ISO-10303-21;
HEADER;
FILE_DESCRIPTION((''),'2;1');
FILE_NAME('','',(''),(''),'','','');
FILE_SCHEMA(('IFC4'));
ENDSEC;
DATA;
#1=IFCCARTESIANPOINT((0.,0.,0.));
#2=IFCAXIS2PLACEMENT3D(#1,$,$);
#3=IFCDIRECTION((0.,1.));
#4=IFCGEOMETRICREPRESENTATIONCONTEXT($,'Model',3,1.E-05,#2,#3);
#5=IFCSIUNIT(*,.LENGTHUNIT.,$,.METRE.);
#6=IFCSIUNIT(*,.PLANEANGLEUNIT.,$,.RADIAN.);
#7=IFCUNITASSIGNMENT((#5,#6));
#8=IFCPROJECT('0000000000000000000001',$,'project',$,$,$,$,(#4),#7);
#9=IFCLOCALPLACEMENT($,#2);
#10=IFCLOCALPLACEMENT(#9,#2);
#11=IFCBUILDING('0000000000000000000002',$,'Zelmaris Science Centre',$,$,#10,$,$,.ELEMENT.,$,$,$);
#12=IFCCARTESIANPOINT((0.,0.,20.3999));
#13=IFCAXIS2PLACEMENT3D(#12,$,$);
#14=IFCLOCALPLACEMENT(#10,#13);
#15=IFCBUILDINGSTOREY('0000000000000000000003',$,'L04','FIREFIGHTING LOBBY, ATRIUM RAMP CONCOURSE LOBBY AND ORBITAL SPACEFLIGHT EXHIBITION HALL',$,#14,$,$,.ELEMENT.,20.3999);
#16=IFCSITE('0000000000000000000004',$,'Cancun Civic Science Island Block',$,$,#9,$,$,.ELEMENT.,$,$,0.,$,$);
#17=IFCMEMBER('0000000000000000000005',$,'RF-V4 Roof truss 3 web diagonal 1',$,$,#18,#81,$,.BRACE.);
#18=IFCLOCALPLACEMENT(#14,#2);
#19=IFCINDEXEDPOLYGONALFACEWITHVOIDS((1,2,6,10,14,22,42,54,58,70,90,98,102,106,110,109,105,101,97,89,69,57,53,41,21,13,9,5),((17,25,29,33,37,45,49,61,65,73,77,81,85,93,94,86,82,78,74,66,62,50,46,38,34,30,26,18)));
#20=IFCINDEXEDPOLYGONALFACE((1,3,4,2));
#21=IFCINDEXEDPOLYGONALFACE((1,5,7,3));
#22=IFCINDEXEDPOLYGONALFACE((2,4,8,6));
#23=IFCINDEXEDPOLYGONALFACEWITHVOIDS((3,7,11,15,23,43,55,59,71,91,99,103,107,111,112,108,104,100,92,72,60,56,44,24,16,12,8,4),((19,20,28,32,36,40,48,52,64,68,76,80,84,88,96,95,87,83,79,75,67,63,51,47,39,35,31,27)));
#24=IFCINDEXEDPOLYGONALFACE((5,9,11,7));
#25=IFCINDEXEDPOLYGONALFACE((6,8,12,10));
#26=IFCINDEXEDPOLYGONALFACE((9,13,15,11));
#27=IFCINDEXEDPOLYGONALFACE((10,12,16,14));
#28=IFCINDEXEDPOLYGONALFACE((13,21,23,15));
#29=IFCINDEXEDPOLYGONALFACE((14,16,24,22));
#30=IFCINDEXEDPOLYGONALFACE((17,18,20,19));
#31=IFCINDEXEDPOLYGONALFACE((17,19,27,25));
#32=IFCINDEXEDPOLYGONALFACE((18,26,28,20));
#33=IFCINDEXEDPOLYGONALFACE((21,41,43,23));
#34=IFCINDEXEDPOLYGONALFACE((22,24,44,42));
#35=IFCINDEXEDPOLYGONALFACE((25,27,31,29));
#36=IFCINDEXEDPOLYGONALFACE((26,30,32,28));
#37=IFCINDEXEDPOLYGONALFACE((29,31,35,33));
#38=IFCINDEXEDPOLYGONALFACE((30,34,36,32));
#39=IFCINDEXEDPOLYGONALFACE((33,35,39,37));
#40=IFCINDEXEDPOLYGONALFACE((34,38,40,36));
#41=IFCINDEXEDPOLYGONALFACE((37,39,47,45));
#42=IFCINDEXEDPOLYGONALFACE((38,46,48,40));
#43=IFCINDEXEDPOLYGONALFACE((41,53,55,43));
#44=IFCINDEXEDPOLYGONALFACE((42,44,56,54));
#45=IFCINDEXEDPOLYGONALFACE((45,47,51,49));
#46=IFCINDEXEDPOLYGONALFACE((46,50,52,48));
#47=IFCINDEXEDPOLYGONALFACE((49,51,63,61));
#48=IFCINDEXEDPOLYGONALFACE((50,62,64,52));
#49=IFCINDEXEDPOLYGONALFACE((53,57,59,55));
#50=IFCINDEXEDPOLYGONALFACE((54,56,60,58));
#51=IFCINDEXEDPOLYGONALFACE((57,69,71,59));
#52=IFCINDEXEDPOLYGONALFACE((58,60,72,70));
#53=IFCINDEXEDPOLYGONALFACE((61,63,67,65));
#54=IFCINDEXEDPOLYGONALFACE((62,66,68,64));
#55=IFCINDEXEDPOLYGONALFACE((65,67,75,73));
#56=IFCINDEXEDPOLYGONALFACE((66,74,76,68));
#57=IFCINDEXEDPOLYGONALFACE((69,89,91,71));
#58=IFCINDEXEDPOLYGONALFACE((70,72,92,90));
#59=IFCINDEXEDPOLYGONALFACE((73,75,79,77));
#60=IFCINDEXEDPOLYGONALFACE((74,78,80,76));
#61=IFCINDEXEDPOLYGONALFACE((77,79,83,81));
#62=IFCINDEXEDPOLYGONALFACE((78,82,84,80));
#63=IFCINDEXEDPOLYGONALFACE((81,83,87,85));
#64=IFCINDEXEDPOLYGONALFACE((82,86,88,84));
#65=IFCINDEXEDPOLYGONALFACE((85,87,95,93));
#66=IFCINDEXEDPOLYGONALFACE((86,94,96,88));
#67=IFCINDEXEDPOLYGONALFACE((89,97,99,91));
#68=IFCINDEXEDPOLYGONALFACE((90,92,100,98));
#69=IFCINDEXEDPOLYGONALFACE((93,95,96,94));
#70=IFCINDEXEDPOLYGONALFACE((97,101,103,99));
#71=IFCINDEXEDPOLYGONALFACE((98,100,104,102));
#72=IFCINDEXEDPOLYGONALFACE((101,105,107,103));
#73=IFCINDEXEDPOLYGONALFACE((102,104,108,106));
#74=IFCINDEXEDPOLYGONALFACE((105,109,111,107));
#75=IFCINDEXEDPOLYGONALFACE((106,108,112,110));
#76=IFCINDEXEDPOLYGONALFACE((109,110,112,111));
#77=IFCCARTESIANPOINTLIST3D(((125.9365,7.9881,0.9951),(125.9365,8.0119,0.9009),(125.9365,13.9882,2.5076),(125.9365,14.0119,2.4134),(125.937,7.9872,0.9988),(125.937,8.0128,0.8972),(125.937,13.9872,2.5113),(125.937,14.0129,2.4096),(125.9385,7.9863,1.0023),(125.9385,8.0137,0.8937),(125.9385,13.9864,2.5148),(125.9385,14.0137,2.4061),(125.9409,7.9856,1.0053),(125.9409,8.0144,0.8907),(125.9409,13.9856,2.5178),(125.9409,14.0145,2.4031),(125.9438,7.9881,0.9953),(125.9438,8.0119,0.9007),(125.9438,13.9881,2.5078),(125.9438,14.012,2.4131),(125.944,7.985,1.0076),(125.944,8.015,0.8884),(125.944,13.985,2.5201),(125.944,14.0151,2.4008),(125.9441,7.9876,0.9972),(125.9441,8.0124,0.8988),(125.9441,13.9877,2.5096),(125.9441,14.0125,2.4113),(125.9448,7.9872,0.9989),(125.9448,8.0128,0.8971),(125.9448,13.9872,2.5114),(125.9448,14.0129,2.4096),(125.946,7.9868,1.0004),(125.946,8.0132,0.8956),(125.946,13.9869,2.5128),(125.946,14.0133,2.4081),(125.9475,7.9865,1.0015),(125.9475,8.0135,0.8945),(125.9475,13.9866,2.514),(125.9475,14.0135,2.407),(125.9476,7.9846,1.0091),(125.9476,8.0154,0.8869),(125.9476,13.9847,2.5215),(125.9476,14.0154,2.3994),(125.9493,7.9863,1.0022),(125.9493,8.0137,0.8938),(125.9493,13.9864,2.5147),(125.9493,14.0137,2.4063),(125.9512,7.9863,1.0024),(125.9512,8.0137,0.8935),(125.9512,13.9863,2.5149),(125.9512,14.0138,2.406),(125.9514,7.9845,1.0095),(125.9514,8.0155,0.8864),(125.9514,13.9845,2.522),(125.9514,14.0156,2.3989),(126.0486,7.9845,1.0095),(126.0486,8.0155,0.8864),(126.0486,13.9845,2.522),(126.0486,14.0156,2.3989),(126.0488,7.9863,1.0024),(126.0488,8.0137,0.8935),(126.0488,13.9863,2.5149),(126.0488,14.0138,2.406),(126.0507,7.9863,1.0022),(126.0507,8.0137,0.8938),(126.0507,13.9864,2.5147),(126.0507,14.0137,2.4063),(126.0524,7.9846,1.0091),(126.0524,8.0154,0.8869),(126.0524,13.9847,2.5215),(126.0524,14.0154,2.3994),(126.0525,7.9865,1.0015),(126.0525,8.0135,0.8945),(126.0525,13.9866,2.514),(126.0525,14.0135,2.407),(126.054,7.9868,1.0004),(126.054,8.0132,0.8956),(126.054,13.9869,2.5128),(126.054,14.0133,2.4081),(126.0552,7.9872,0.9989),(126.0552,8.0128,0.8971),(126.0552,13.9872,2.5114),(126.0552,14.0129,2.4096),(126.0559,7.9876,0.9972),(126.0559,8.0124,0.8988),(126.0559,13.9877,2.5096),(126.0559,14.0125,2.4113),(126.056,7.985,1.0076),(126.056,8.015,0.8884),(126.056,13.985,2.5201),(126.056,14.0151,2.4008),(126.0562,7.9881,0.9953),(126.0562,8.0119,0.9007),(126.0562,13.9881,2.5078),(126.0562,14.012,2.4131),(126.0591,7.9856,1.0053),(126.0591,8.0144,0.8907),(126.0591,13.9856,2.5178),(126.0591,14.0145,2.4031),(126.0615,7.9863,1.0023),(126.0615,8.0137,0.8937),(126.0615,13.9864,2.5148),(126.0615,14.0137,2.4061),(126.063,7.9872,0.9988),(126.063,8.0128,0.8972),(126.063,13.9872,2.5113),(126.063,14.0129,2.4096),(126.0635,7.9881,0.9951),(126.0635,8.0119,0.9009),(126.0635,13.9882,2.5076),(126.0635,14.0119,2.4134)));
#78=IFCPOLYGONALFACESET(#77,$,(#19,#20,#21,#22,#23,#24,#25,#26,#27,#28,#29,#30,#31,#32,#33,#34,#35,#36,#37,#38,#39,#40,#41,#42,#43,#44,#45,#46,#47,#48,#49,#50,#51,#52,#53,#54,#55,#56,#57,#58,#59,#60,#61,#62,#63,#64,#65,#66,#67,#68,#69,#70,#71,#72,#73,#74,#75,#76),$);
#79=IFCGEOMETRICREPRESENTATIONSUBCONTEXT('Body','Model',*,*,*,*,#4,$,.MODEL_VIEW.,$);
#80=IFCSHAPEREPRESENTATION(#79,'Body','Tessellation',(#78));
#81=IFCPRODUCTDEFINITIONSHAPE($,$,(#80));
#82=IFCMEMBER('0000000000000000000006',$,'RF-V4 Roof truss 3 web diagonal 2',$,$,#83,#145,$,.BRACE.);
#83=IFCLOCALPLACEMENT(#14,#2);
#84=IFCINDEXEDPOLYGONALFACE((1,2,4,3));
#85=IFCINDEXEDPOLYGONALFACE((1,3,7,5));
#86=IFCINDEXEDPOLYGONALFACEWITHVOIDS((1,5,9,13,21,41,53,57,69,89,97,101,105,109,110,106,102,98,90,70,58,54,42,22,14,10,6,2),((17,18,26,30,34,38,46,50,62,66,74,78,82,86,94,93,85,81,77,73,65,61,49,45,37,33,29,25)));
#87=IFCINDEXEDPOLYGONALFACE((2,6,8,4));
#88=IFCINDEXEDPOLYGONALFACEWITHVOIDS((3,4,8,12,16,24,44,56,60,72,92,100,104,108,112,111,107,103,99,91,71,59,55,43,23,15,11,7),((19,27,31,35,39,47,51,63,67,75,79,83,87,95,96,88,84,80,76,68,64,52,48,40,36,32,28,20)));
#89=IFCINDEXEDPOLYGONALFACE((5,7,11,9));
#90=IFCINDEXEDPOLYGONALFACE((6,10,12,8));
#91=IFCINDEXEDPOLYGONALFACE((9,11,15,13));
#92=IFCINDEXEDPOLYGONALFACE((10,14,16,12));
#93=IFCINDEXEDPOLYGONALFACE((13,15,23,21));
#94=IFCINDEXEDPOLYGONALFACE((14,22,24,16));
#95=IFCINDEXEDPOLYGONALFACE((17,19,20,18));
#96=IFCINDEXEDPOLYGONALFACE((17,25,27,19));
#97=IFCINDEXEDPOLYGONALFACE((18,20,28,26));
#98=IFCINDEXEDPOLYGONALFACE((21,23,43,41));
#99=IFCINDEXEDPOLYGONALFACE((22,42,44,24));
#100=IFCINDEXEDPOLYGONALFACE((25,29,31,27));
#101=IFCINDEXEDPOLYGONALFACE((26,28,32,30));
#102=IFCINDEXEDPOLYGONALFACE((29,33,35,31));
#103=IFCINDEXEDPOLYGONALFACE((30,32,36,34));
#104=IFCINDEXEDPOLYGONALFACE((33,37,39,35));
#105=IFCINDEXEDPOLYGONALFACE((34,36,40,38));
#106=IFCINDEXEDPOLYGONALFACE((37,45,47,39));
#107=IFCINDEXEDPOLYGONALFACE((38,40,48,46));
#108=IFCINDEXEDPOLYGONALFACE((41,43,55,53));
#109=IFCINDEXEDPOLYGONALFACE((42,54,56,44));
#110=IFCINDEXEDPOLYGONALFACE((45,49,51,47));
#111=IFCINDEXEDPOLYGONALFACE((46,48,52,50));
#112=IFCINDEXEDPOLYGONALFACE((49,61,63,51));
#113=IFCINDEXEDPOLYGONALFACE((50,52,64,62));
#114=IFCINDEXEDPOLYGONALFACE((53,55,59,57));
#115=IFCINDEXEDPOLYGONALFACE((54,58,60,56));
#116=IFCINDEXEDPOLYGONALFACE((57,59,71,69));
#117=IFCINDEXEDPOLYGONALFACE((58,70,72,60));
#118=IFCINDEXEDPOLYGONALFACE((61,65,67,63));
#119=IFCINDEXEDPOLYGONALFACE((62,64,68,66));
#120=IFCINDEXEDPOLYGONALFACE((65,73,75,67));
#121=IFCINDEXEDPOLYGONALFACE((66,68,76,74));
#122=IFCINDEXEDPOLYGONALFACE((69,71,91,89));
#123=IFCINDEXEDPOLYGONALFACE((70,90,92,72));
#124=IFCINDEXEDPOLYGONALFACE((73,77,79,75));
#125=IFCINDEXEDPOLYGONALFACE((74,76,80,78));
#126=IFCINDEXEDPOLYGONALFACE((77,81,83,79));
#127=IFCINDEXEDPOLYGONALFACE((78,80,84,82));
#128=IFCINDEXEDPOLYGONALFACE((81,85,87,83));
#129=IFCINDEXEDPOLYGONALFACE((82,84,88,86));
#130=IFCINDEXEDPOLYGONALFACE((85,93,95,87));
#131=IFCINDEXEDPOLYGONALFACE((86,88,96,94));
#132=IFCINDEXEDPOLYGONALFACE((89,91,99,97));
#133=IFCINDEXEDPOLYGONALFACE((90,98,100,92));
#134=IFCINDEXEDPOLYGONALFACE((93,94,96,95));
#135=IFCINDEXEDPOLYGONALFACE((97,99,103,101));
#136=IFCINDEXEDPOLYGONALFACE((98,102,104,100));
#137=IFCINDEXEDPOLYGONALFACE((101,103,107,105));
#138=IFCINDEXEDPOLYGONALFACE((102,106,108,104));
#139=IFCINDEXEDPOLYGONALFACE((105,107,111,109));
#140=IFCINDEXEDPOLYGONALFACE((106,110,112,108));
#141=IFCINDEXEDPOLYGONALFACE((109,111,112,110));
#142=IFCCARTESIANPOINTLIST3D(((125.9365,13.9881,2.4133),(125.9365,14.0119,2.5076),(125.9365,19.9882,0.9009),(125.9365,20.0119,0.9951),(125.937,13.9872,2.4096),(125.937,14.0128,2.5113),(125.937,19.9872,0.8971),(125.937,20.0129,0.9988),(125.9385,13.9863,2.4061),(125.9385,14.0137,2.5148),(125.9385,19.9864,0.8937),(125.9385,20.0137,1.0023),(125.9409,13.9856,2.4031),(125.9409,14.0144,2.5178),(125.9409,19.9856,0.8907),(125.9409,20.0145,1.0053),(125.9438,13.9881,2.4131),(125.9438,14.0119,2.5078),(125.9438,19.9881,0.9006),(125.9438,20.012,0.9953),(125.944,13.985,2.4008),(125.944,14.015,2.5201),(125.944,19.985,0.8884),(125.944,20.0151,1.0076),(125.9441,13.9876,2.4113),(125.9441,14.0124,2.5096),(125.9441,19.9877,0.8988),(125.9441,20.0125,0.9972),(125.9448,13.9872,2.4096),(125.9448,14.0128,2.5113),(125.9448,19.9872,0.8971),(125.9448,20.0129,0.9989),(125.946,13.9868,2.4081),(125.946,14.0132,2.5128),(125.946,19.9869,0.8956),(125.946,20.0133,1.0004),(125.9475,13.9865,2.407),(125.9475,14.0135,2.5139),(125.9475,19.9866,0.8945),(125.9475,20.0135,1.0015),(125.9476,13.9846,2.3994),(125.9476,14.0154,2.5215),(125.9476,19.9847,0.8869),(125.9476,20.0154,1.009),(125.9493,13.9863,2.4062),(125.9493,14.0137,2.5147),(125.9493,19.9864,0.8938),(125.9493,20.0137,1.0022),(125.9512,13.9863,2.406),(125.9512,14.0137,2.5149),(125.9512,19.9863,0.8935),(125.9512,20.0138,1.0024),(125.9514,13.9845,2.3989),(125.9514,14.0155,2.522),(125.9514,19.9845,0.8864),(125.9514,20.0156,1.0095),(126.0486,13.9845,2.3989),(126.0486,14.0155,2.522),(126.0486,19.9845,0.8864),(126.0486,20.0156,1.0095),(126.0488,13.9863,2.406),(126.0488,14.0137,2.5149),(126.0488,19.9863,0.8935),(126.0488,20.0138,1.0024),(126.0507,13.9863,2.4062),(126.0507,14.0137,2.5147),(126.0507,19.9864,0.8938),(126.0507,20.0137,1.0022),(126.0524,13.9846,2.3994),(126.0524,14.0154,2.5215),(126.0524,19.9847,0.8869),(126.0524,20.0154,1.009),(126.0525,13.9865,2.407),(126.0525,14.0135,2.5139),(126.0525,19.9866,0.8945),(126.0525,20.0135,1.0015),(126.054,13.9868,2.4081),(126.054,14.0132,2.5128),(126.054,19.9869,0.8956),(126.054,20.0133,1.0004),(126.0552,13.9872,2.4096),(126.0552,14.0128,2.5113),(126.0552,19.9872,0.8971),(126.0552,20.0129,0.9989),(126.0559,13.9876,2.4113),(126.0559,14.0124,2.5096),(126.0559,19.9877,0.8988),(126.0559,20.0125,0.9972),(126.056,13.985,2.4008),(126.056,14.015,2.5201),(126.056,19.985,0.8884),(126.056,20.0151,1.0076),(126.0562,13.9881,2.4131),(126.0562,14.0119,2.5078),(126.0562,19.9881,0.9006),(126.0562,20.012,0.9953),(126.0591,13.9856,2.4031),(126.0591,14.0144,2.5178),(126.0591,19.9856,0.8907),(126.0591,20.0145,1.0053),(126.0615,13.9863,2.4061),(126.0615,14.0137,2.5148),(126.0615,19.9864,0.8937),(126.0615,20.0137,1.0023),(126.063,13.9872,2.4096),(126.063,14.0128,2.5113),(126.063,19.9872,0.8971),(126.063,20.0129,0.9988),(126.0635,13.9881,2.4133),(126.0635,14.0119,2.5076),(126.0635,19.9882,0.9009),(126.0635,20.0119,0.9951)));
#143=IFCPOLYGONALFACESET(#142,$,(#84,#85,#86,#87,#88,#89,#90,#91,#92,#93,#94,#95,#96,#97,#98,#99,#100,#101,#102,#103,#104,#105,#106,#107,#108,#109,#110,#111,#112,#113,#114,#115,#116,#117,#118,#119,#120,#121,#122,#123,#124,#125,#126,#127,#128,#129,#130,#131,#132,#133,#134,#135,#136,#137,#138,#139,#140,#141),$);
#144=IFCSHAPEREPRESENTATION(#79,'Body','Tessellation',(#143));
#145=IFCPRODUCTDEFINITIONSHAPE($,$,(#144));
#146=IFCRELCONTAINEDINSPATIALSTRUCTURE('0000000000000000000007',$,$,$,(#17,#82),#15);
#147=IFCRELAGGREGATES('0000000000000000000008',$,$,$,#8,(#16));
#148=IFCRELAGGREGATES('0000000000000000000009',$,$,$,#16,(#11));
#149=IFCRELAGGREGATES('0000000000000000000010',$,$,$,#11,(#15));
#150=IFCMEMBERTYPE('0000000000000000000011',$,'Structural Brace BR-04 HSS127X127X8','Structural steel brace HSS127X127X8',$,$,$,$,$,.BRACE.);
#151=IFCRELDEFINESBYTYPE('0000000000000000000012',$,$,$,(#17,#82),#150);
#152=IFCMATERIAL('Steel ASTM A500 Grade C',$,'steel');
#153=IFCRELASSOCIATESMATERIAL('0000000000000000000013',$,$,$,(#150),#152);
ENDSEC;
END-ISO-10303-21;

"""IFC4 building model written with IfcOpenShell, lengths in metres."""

from ifc_helpers import new_model, si_unit, direction, frame, origin, origin_2d, place, context, subcontext, project, spatial, hollow_rectangle, extrude, material, material_profile, profile_set, type_object, element, save


model = new_model("IFC4")

# Units and contexts
model_context = context("Model", 3, precision=1e-05, world=origin(), true_north=direction((0.0, 1.0)))
body_context = subcontext(model_context, "Body", "Model", "MODEL_VIEW")
ifc_project = project(units=[si_unit("LENGTHUNIT", "METRE"), si_unit("PLANEANGLEUNIT", "RADIAN")], contexts=[model_context])

# Site, building, storey
site_placement = place(None, origin())
site = spatial("IfcSite", under=ifc_project, at=site_placement, Name="Cancun Civic Science Island Block", CompositionType="ELEMENT", RefElevation=0.0)
building_placement = place(site_placement, origin())
building = spatial("IfcBuilding", under=site, at=building_placement, Name="Zelmaris Science Centre", CompositionType="ELEMENT")
storey_placement = place(building_placement, frame((0.0, 0.0, 20.3999)))
storey = spatial("IfcBuildingStorey", under=building, at=storey_placement, Name="L04", Description="FIREFIGHTING LOBBY, ATRIUM RAMP CONCOURSE LOBBY AND ORBITAL SPACEFLIGHT EXHIBITION HALL", CompositionType="ELEMENT", Elevation=20.3999)

# Shared definitions
ifc_material = material(Name="Steel ASTM A500 Grade C", Category="steel")

# Members
ifc_material_profile_1 = material_profile(ifc_material, hollow_rectangle(XDim=0.127, YDim=0.127, WallThickness=0.0073, InnerFilletRadius=0.0073, OuterFilletRadius=0.0149, at=origin_2d()), Name="HSS127X127X8")
ifc_profile_set_1 = profile_set([ifc_material_profile_1], Name="Steel ASTM A500 Grade C")
member_type_1 = type_object("IfcMemberType", Name="Structural Brace BR-04 HSS127X127X8", Description="Structural steel brace HSS127X127X8", PredefinedType="BRACE", material=ifc_profile_set_1)
for number, where, z_axis, x_axis, name in (
    (1, (126.0, 8.0, 0.948), (0.0, 0.969667, 0.244429), (-1.0, 0.0, 0.0), "RF-V4 Roof truss 3 web diagonal 1"),
    (2, (126.0, 14.0, 2.4604), (0.0, 0.969667, -0.244429), (-1.0, 0.0, 0.0), "RF-V4 Roof truss 3 web diagonal 2"),
):
    element("IfcMember", number, at=place(storey_placement, frame(where, z_axis=z_axis, x_axis=x_axis)), inside=storey, type_object=member_type_1, Name=name, PredefinedType="BRACE", context=body_context, shape_type="SweptSolid", body=[
        extrude(hollow_rectangle(XDim=0.127, YDim=0.127, WallThickness=0.0073, InnerFilletRadius=0.0073, OuterFilletRadius=0.0149, at=origin_2d()), origin(), (0.0, 0.0, 1.0), 6.1877),
    ])

save(model, "model.ifc")
